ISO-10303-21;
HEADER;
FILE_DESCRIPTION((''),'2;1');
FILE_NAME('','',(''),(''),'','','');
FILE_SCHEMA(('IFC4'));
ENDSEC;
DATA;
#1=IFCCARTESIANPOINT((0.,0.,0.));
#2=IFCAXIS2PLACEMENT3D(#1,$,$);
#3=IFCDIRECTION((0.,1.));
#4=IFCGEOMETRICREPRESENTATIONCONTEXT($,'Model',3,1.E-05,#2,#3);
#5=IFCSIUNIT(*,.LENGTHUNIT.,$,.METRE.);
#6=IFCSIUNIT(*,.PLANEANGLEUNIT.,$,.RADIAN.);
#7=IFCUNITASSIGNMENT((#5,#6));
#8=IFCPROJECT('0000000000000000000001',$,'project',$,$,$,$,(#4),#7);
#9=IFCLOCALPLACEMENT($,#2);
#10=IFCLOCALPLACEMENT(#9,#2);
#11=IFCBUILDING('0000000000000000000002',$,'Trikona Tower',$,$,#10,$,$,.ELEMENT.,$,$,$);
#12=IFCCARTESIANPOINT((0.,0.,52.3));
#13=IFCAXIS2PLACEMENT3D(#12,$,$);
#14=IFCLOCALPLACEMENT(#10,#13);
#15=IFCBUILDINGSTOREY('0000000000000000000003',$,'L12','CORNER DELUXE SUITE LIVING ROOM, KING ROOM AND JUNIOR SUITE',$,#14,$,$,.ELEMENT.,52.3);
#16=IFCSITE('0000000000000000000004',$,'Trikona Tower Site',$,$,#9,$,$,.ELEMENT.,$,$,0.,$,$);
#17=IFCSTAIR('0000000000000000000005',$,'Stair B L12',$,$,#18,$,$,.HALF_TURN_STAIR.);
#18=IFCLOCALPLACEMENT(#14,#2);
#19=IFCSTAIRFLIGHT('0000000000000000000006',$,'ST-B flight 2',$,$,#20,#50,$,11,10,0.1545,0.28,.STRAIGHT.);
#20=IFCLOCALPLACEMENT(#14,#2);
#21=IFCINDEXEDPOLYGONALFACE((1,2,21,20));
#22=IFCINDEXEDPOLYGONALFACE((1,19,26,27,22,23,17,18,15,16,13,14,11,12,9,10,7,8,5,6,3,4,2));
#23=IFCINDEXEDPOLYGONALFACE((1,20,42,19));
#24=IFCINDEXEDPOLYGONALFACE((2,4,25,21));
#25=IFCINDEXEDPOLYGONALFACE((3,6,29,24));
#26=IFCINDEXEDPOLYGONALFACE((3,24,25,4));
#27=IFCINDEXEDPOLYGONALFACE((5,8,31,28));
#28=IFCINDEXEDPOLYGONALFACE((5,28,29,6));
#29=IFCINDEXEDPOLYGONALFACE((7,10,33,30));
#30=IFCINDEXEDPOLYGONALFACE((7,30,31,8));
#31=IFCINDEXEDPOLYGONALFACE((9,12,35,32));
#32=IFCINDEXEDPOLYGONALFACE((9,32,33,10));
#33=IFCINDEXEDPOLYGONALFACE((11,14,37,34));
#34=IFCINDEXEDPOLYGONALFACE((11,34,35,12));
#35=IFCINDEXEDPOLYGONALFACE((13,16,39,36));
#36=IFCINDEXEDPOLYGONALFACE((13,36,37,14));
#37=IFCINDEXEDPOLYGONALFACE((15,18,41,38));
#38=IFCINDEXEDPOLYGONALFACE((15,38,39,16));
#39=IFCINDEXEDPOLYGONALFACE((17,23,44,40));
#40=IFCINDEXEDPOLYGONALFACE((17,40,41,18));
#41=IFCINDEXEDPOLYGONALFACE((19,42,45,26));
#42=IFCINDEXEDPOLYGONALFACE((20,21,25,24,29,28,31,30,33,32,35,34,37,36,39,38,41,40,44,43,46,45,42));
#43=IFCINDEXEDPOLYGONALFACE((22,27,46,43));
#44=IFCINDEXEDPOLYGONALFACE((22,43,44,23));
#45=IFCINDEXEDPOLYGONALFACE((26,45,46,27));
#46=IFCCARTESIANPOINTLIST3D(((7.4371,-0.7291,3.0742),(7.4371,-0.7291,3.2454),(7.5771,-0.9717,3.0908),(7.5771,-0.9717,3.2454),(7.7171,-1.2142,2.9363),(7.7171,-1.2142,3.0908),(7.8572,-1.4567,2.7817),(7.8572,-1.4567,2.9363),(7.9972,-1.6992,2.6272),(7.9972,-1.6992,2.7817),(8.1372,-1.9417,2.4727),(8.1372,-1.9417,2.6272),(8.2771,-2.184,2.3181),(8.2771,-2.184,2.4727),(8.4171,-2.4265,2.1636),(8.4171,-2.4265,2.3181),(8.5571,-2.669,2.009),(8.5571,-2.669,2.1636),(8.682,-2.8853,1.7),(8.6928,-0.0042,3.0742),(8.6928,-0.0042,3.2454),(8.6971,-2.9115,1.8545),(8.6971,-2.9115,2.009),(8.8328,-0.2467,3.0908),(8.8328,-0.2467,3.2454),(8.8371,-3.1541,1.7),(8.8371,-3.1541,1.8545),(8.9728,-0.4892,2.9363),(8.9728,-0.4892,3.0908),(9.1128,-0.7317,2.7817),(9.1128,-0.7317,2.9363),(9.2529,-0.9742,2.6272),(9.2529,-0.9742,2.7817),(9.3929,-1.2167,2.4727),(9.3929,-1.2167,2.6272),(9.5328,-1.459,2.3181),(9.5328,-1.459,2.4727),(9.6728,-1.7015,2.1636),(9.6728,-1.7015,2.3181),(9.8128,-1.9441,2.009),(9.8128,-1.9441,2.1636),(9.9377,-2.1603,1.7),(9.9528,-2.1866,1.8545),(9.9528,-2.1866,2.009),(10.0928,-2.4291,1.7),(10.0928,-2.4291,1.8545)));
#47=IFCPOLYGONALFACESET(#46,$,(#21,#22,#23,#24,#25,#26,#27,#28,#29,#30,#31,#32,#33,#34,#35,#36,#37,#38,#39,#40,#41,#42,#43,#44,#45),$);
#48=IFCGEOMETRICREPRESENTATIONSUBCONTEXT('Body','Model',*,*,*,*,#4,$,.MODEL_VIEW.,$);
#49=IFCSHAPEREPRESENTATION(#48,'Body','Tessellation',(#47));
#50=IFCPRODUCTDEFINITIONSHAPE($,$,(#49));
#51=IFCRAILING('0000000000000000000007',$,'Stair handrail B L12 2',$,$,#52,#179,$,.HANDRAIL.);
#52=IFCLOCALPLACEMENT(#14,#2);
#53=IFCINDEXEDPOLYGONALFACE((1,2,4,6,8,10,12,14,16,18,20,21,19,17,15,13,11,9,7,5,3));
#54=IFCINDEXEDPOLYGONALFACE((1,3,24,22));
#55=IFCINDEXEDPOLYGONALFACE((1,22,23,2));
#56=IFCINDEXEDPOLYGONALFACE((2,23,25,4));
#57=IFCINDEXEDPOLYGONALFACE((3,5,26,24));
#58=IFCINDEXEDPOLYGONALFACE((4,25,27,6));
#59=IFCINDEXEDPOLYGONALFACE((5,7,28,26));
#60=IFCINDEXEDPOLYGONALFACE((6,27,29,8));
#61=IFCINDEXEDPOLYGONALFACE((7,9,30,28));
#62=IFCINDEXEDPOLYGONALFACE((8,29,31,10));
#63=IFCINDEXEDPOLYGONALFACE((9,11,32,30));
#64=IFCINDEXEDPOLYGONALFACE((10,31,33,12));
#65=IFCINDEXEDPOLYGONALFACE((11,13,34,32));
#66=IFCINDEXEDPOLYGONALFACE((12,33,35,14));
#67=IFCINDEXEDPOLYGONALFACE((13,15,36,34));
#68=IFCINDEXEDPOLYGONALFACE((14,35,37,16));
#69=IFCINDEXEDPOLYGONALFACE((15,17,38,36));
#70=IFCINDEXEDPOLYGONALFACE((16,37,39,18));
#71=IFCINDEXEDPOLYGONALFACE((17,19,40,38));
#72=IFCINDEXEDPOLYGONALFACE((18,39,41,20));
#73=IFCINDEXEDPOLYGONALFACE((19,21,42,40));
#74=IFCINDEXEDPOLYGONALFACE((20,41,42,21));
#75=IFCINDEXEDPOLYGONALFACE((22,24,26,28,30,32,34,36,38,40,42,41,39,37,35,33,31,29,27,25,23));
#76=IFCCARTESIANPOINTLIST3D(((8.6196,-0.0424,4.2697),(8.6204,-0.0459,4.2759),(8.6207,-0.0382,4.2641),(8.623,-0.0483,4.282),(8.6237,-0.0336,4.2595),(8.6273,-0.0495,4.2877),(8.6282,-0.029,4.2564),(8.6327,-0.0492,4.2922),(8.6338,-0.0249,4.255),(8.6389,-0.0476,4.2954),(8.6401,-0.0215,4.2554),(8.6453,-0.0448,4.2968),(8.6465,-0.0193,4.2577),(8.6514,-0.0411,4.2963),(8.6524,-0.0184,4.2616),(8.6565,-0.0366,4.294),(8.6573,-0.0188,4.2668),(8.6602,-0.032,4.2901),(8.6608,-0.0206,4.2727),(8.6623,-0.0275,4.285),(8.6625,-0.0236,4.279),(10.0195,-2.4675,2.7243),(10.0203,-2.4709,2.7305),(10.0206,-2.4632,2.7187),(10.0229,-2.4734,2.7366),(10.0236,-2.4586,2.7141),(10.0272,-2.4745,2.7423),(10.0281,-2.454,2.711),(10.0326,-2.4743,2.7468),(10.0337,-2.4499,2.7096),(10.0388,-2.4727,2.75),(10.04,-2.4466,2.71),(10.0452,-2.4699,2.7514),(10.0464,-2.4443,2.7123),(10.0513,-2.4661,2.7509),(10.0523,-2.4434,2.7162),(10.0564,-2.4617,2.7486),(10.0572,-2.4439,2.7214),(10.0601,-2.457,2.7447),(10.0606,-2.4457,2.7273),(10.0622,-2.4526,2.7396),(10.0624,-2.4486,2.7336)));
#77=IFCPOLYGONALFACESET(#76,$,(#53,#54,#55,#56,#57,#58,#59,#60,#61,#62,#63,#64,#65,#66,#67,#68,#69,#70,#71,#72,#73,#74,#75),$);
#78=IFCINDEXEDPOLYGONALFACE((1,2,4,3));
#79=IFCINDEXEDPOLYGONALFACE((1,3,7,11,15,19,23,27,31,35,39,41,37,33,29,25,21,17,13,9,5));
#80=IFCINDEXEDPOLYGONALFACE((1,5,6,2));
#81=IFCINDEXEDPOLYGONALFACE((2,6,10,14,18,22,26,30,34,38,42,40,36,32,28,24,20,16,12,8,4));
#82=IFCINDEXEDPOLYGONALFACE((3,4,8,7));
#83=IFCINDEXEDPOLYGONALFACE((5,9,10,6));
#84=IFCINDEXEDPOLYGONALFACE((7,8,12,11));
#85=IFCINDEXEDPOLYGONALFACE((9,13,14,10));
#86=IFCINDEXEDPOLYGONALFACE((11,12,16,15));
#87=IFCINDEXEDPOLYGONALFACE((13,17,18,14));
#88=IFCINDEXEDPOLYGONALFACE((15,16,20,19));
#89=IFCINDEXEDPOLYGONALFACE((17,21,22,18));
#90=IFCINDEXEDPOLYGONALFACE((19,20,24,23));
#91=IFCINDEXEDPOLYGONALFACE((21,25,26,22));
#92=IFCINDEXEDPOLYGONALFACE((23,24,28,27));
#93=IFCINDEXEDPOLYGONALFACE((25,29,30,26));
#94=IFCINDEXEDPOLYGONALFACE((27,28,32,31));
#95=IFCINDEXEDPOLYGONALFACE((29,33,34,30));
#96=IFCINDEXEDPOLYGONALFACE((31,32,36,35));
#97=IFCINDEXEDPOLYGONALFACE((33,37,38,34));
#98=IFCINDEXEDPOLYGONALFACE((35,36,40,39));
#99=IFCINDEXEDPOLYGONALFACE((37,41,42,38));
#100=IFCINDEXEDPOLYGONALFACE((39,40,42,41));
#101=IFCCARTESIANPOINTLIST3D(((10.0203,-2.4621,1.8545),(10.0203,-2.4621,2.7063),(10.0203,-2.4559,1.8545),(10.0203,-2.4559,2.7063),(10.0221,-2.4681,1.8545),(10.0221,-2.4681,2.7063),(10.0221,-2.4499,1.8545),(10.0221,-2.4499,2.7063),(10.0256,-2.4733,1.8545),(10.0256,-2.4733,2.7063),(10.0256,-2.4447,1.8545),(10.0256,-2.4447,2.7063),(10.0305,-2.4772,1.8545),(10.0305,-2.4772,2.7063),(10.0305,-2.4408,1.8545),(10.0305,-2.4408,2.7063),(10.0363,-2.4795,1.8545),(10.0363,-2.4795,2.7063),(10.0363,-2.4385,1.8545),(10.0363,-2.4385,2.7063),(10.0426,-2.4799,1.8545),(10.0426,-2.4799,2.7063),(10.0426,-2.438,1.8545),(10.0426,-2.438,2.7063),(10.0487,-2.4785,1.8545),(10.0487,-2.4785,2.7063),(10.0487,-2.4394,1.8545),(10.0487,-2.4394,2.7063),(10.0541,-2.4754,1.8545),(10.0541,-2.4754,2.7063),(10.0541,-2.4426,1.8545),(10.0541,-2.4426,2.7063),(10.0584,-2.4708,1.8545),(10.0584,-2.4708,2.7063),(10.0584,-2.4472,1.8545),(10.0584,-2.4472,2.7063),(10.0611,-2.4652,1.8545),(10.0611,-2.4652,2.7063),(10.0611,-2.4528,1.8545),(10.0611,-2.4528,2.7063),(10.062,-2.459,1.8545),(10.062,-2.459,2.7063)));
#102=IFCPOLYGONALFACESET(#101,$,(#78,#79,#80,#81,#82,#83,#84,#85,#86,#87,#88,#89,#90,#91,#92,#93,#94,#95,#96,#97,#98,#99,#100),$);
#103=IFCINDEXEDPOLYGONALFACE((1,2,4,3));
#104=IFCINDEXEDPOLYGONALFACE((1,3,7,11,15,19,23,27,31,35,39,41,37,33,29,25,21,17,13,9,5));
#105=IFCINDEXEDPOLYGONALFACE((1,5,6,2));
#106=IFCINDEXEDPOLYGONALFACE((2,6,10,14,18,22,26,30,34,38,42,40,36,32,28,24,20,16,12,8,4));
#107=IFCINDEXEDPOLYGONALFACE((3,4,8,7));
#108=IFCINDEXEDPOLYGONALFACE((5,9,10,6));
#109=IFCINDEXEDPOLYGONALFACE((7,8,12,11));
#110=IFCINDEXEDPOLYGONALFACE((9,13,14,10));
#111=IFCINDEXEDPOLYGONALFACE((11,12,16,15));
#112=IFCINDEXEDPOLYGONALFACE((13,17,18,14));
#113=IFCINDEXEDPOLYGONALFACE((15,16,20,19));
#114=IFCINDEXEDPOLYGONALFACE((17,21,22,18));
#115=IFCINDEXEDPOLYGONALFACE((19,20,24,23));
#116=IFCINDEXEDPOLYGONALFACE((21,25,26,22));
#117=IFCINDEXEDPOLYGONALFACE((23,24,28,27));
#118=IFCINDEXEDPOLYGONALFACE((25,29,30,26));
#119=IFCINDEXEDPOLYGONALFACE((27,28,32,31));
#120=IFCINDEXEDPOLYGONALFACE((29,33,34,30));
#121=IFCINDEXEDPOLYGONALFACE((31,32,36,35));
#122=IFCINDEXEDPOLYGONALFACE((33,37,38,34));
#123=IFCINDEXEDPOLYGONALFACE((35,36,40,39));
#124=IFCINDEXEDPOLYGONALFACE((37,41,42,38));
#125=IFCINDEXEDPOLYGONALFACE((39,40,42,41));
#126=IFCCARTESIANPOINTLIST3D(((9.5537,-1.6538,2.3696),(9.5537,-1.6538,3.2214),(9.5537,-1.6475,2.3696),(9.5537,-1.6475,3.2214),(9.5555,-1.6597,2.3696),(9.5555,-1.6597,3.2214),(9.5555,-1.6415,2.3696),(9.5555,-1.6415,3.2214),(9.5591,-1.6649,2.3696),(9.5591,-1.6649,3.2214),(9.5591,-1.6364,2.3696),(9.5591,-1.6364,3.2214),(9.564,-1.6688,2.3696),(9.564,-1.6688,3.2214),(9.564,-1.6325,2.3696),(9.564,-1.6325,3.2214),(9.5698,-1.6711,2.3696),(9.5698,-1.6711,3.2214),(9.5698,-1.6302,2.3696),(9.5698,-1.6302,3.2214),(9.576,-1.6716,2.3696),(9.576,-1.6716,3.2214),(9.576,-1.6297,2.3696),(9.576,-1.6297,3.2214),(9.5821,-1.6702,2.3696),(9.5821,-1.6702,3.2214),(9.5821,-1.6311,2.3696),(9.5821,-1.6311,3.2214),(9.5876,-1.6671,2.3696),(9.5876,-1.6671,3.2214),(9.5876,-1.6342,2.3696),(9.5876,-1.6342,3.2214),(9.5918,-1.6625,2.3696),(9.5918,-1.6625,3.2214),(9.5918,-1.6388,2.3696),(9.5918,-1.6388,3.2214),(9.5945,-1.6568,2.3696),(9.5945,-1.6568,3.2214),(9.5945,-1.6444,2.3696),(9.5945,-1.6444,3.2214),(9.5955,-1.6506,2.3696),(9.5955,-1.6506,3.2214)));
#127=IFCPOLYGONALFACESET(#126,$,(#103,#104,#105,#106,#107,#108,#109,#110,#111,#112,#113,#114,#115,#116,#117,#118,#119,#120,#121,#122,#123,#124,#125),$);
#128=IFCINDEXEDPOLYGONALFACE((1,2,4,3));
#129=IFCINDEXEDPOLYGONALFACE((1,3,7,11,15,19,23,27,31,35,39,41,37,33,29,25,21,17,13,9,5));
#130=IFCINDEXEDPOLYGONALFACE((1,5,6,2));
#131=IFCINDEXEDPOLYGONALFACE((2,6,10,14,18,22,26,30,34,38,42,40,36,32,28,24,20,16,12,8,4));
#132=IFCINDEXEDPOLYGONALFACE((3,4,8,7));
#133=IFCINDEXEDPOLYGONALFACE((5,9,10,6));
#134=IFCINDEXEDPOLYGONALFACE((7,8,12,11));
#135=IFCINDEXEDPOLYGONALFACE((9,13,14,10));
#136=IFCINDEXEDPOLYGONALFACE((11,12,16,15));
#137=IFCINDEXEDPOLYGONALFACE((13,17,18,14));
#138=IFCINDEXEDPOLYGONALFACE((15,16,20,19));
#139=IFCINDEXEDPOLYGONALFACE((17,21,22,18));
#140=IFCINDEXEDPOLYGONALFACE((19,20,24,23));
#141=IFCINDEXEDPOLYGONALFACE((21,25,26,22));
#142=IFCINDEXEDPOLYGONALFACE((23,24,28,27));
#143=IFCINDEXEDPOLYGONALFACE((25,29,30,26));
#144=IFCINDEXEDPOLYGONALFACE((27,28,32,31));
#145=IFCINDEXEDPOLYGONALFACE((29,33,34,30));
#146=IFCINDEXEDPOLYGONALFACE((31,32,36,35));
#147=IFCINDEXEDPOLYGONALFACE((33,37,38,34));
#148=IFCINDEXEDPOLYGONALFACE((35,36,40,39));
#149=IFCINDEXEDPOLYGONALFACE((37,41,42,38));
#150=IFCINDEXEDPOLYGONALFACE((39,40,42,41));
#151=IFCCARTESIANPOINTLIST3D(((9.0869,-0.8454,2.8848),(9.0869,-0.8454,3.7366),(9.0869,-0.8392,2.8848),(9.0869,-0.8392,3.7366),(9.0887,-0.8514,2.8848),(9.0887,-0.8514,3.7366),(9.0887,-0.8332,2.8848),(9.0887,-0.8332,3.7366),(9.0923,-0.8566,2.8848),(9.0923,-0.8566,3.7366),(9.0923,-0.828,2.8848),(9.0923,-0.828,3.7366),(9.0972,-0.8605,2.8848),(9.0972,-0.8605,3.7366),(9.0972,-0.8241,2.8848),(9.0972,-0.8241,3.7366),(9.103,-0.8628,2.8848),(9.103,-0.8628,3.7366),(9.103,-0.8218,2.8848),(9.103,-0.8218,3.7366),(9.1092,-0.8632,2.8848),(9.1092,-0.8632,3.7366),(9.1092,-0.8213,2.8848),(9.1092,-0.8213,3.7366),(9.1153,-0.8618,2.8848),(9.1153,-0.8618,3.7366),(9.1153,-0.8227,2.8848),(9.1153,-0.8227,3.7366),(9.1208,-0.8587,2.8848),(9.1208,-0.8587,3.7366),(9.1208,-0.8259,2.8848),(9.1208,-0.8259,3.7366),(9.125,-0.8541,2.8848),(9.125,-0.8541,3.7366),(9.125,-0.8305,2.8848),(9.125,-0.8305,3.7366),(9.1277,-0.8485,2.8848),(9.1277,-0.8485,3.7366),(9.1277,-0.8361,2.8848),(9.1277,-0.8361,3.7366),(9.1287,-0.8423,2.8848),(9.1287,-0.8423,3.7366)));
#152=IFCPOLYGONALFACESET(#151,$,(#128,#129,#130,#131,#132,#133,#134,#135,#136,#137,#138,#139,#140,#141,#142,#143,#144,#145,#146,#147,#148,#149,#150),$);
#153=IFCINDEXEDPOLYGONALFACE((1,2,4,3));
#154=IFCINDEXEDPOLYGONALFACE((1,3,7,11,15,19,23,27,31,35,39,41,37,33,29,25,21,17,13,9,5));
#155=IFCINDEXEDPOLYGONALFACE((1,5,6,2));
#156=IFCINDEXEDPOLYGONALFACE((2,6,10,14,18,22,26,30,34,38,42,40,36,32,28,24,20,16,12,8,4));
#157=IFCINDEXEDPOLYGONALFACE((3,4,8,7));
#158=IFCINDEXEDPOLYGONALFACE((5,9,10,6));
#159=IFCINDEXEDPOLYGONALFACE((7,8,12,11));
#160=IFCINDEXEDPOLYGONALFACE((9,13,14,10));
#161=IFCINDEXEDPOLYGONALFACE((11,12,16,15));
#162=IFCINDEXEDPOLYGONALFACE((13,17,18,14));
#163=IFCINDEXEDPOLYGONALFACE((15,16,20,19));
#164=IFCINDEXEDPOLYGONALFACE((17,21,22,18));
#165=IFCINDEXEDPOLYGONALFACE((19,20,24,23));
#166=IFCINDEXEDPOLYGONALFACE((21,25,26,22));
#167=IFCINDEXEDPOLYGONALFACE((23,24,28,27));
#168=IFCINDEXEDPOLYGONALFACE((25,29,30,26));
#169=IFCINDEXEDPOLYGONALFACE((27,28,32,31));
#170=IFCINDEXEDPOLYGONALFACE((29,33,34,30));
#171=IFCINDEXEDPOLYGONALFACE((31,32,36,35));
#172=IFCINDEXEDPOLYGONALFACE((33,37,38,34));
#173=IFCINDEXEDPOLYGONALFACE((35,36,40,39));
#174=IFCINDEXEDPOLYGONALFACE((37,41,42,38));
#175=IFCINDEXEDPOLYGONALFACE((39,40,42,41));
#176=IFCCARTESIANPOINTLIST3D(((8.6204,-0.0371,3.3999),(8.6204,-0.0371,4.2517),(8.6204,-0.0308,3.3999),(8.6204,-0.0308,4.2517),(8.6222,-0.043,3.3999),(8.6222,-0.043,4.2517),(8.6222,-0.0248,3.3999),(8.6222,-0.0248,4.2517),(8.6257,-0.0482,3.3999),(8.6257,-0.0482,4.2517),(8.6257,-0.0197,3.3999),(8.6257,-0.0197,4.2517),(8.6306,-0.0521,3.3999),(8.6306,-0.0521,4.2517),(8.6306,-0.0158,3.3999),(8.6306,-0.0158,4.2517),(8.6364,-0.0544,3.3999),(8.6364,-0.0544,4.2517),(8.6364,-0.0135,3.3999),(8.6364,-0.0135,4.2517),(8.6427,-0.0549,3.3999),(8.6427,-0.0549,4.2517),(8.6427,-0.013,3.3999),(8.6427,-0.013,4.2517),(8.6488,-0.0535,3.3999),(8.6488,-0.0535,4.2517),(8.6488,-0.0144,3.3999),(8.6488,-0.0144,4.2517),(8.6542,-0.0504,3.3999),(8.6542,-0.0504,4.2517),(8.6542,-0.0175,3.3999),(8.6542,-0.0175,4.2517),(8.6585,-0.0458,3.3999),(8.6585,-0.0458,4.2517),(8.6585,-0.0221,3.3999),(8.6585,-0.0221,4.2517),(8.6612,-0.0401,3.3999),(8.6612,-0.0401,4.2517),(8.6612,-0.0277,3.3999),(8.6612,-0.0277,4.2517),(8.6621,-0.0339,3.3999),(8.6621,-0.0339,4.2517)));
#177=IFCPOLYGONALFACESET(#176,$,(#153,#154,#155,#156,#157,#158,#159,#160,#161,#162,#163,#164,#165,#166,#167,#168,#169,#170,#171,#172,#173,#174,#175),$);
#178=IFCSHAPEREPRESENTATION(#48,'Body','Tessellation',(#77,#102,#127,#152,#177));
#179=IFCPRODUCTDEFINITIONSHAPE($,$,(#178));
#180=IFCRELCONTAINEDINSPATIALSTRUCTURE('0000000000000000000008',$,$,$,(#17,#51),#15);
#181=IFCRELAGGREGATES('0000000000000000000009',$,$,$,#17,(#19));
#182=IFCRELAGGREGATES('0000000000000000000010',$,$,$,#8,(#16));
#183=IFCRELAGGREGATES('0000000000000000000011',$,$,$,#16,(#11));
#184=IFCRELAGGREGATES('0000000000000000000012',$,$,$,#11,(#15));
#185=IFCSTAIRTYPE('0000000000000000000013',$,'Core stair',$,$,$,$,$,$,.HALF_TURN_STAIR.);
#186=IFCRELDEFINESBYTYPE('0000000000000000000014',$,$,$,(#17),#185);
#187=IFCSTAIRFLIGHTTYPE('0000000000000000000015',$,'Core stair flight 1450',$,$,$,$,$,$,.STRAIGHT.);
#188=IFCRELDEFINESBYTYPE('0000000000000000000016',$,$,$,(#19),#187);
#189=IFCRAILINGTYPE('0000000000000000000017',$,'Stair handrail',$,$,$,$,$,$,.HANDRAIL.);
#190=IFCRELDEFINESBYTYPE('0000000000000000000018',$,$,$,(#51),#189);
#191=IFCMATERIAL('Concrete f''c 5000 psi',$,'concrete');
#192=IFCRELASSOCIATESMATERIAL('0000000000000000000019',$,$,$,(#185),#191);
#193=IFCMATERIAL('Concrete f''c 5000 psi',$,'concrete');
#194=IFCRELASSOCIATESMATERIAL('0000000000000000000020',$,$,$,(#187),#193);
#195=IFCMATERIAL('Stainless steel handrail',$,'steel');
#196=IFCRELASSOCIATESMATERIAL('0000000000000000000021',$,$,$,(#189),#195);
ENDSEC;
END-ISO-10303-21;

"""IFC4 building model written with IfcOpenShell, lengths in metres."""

from ifc_helpers import new_model, si_unit, direction, frame, origin, origin_2d, place, context, subcontext, project, spatial, polyline, circle, outline, extrude, material, type_object, element, aggregate, save


model = new_model("IFC4")

# Units and contexts
model_context = context("Model", 3, precision=1e-05, world=origin(), true_north=direction((0.0, 1.0)))
body_context = subcontext(model_context, "Body", "Model", "MODEL_VIEW")
ifc_project = project(units=[si_unit("LENGTHUNIT", "METRE"), si_unit("PLANEANGLEUNIT", "RADIAN")], contexts=[model_context])

# Site, building, storey
site_placement = place(None, origin())
site = spatial("IfcSite", under=ifc_project, at=site_placement, Name="Trikona Tower Site", CompositionType="ELEMENT", RefElevation=0.0)
building_placement = place(site_placement, origin())
building = spatial("IfcBuilding", under=site, at=building_placement, Name="Trikona Tower", CompositionType="ELEMENT")
storey_placement = place(building_placement, frame((0.0, 0.0, 52.3)))
storey = spatial("IfcBuildingStorey", under=building, at=storey_placement, Name="L12", Description="CORNER DELUXE SUITE LIVING ROOM, KING ROOM AND JUNIOR SUITE", CompositionType="ELEMENT", Elevation=52.3)

# Stair, stair flight
ifc_material_1 = material(Name="Concrete f'c 5000 psi", Category="concrete")
stair_type = type_object("IfcStairType", Name="Core stair", PredefinedType="HALF_TURN_STAIR", material=ifc_material_1)
stair_placement = place(storey_placement, origin())
stair = element("IfcStair", 1, at=stair_placement, inside=storey, type_object=stair_type, Name="Stair B L12", PredefinedType="HALF_TURN_STAIR")
ifc_material_2 = material(Name="Concrete f'c 5000 psi", Category="concrete")
stair_flight_type = type_object("IfcStairFlightType", Name="Core stair flight 1450", PredefinedType="STRAIGHT", material=ifc_material_2)
stair_flight_placement = place(storey_placement, frame((9.4651, -2.7915, 1.7), z_axis=(0.0, 0.0, 1.0), x_axis=(-0.5, 0.866025, 0.0)))
stair_flight = element("IfcStairFlight", 2, at=stair_flight_placement, type_object=stair_flight_type, Name="ST-B flight 2", NumberOfRisers=11, NumberOfTreads=10, PredefinedType="STRAIGHT", RiserHeight=0.1545, TreadLength=0.28, context=body_context, shape_type="SweptSolid", body=[
    extrude(outline(polyline([(0.0, 0.0), (0.0, 0.1545), (0.28, 0.1545), (0.28, 0.3091), (0.5601, 0.3091), (0.5601, 0.4636), (0.8401, 0.4636), (0.8401, 0.6182), (1.1201, 0.6182), (1.1201, 0.7727), (1.3999, 0.7727), (1.3999, 0.9272), (1.6799, 0.9272), (1.6799, 1.0818), (1.96, 1.0818), (1.96, 1.2363), (2.24, 1.2363), (2.24, 1.3909), (2.52, 1.3909), (2.52, 1.5454), (2.8, 1.5454), (2.8, 1.7), (2.8, 1.3743), (0.3103, 0.0), (0.0, 0.0)])), frame((0.0, 0.7251, 0.0), z_axis=(0.0, -1.0, 0.0), x_axis=(1.0, 0.0, 0.0)), (0.0, 0.0, 1.0), 1.45),
])
aggregate(stair, [stair_flight])

# Railing
ifc_material_3 = material(Name="Stainless steel handrail", Category="steel")
railing_type = type_object("IfcRailingType", Name="Stair handrail", PredefinedType="HANDRAIL", material=ifc_material_3)
railing_placement = place(storey_placement, frame((10.041, -2.459, 1.8545)))
element("IfcRailing", 3, at=railing_placement, inside=storey, type_object=railing_type, Name="Stair handrail B L12 2", PredefinedType="HANDRAIL", context=body_context, shape_type="SweptSolid", body=[
    extrude(circle(Radius=0.0239, at=origin_2d()), frame((0.0, 0.0, 0.876), z_axis=(-0.437707, 0.75824, 0.483203), x_axis=(-0.866056, -0.499946, 0.0)), (0.0, 0.0, 1.0), 3.1982),
    extrude(circle(Radius=0.021, at=origin_2d()), origin(), (0.0, 0.0, 1.0), 0.8518),
    extrude(circle(Radius=0.021, at=origin_2d()), frame((-0.4666, 0.8083, 0.5151)), (0.0, 0.0, 1.0), 0.8518),
    extrude(circle(Radius=0.021, at=origin_2d()), frame((-0.9333, 1.6167, 1.0303)), (0.0, 0.0, 1.0), 0.8518),
    extrude(circle(Radius=0.021, at=origin_2d()), frame((-1.3999, 2.425, 1.5454)), (0.0, 0.0, 1.0), 0.8518),
])

save(model, "model.ifc")
